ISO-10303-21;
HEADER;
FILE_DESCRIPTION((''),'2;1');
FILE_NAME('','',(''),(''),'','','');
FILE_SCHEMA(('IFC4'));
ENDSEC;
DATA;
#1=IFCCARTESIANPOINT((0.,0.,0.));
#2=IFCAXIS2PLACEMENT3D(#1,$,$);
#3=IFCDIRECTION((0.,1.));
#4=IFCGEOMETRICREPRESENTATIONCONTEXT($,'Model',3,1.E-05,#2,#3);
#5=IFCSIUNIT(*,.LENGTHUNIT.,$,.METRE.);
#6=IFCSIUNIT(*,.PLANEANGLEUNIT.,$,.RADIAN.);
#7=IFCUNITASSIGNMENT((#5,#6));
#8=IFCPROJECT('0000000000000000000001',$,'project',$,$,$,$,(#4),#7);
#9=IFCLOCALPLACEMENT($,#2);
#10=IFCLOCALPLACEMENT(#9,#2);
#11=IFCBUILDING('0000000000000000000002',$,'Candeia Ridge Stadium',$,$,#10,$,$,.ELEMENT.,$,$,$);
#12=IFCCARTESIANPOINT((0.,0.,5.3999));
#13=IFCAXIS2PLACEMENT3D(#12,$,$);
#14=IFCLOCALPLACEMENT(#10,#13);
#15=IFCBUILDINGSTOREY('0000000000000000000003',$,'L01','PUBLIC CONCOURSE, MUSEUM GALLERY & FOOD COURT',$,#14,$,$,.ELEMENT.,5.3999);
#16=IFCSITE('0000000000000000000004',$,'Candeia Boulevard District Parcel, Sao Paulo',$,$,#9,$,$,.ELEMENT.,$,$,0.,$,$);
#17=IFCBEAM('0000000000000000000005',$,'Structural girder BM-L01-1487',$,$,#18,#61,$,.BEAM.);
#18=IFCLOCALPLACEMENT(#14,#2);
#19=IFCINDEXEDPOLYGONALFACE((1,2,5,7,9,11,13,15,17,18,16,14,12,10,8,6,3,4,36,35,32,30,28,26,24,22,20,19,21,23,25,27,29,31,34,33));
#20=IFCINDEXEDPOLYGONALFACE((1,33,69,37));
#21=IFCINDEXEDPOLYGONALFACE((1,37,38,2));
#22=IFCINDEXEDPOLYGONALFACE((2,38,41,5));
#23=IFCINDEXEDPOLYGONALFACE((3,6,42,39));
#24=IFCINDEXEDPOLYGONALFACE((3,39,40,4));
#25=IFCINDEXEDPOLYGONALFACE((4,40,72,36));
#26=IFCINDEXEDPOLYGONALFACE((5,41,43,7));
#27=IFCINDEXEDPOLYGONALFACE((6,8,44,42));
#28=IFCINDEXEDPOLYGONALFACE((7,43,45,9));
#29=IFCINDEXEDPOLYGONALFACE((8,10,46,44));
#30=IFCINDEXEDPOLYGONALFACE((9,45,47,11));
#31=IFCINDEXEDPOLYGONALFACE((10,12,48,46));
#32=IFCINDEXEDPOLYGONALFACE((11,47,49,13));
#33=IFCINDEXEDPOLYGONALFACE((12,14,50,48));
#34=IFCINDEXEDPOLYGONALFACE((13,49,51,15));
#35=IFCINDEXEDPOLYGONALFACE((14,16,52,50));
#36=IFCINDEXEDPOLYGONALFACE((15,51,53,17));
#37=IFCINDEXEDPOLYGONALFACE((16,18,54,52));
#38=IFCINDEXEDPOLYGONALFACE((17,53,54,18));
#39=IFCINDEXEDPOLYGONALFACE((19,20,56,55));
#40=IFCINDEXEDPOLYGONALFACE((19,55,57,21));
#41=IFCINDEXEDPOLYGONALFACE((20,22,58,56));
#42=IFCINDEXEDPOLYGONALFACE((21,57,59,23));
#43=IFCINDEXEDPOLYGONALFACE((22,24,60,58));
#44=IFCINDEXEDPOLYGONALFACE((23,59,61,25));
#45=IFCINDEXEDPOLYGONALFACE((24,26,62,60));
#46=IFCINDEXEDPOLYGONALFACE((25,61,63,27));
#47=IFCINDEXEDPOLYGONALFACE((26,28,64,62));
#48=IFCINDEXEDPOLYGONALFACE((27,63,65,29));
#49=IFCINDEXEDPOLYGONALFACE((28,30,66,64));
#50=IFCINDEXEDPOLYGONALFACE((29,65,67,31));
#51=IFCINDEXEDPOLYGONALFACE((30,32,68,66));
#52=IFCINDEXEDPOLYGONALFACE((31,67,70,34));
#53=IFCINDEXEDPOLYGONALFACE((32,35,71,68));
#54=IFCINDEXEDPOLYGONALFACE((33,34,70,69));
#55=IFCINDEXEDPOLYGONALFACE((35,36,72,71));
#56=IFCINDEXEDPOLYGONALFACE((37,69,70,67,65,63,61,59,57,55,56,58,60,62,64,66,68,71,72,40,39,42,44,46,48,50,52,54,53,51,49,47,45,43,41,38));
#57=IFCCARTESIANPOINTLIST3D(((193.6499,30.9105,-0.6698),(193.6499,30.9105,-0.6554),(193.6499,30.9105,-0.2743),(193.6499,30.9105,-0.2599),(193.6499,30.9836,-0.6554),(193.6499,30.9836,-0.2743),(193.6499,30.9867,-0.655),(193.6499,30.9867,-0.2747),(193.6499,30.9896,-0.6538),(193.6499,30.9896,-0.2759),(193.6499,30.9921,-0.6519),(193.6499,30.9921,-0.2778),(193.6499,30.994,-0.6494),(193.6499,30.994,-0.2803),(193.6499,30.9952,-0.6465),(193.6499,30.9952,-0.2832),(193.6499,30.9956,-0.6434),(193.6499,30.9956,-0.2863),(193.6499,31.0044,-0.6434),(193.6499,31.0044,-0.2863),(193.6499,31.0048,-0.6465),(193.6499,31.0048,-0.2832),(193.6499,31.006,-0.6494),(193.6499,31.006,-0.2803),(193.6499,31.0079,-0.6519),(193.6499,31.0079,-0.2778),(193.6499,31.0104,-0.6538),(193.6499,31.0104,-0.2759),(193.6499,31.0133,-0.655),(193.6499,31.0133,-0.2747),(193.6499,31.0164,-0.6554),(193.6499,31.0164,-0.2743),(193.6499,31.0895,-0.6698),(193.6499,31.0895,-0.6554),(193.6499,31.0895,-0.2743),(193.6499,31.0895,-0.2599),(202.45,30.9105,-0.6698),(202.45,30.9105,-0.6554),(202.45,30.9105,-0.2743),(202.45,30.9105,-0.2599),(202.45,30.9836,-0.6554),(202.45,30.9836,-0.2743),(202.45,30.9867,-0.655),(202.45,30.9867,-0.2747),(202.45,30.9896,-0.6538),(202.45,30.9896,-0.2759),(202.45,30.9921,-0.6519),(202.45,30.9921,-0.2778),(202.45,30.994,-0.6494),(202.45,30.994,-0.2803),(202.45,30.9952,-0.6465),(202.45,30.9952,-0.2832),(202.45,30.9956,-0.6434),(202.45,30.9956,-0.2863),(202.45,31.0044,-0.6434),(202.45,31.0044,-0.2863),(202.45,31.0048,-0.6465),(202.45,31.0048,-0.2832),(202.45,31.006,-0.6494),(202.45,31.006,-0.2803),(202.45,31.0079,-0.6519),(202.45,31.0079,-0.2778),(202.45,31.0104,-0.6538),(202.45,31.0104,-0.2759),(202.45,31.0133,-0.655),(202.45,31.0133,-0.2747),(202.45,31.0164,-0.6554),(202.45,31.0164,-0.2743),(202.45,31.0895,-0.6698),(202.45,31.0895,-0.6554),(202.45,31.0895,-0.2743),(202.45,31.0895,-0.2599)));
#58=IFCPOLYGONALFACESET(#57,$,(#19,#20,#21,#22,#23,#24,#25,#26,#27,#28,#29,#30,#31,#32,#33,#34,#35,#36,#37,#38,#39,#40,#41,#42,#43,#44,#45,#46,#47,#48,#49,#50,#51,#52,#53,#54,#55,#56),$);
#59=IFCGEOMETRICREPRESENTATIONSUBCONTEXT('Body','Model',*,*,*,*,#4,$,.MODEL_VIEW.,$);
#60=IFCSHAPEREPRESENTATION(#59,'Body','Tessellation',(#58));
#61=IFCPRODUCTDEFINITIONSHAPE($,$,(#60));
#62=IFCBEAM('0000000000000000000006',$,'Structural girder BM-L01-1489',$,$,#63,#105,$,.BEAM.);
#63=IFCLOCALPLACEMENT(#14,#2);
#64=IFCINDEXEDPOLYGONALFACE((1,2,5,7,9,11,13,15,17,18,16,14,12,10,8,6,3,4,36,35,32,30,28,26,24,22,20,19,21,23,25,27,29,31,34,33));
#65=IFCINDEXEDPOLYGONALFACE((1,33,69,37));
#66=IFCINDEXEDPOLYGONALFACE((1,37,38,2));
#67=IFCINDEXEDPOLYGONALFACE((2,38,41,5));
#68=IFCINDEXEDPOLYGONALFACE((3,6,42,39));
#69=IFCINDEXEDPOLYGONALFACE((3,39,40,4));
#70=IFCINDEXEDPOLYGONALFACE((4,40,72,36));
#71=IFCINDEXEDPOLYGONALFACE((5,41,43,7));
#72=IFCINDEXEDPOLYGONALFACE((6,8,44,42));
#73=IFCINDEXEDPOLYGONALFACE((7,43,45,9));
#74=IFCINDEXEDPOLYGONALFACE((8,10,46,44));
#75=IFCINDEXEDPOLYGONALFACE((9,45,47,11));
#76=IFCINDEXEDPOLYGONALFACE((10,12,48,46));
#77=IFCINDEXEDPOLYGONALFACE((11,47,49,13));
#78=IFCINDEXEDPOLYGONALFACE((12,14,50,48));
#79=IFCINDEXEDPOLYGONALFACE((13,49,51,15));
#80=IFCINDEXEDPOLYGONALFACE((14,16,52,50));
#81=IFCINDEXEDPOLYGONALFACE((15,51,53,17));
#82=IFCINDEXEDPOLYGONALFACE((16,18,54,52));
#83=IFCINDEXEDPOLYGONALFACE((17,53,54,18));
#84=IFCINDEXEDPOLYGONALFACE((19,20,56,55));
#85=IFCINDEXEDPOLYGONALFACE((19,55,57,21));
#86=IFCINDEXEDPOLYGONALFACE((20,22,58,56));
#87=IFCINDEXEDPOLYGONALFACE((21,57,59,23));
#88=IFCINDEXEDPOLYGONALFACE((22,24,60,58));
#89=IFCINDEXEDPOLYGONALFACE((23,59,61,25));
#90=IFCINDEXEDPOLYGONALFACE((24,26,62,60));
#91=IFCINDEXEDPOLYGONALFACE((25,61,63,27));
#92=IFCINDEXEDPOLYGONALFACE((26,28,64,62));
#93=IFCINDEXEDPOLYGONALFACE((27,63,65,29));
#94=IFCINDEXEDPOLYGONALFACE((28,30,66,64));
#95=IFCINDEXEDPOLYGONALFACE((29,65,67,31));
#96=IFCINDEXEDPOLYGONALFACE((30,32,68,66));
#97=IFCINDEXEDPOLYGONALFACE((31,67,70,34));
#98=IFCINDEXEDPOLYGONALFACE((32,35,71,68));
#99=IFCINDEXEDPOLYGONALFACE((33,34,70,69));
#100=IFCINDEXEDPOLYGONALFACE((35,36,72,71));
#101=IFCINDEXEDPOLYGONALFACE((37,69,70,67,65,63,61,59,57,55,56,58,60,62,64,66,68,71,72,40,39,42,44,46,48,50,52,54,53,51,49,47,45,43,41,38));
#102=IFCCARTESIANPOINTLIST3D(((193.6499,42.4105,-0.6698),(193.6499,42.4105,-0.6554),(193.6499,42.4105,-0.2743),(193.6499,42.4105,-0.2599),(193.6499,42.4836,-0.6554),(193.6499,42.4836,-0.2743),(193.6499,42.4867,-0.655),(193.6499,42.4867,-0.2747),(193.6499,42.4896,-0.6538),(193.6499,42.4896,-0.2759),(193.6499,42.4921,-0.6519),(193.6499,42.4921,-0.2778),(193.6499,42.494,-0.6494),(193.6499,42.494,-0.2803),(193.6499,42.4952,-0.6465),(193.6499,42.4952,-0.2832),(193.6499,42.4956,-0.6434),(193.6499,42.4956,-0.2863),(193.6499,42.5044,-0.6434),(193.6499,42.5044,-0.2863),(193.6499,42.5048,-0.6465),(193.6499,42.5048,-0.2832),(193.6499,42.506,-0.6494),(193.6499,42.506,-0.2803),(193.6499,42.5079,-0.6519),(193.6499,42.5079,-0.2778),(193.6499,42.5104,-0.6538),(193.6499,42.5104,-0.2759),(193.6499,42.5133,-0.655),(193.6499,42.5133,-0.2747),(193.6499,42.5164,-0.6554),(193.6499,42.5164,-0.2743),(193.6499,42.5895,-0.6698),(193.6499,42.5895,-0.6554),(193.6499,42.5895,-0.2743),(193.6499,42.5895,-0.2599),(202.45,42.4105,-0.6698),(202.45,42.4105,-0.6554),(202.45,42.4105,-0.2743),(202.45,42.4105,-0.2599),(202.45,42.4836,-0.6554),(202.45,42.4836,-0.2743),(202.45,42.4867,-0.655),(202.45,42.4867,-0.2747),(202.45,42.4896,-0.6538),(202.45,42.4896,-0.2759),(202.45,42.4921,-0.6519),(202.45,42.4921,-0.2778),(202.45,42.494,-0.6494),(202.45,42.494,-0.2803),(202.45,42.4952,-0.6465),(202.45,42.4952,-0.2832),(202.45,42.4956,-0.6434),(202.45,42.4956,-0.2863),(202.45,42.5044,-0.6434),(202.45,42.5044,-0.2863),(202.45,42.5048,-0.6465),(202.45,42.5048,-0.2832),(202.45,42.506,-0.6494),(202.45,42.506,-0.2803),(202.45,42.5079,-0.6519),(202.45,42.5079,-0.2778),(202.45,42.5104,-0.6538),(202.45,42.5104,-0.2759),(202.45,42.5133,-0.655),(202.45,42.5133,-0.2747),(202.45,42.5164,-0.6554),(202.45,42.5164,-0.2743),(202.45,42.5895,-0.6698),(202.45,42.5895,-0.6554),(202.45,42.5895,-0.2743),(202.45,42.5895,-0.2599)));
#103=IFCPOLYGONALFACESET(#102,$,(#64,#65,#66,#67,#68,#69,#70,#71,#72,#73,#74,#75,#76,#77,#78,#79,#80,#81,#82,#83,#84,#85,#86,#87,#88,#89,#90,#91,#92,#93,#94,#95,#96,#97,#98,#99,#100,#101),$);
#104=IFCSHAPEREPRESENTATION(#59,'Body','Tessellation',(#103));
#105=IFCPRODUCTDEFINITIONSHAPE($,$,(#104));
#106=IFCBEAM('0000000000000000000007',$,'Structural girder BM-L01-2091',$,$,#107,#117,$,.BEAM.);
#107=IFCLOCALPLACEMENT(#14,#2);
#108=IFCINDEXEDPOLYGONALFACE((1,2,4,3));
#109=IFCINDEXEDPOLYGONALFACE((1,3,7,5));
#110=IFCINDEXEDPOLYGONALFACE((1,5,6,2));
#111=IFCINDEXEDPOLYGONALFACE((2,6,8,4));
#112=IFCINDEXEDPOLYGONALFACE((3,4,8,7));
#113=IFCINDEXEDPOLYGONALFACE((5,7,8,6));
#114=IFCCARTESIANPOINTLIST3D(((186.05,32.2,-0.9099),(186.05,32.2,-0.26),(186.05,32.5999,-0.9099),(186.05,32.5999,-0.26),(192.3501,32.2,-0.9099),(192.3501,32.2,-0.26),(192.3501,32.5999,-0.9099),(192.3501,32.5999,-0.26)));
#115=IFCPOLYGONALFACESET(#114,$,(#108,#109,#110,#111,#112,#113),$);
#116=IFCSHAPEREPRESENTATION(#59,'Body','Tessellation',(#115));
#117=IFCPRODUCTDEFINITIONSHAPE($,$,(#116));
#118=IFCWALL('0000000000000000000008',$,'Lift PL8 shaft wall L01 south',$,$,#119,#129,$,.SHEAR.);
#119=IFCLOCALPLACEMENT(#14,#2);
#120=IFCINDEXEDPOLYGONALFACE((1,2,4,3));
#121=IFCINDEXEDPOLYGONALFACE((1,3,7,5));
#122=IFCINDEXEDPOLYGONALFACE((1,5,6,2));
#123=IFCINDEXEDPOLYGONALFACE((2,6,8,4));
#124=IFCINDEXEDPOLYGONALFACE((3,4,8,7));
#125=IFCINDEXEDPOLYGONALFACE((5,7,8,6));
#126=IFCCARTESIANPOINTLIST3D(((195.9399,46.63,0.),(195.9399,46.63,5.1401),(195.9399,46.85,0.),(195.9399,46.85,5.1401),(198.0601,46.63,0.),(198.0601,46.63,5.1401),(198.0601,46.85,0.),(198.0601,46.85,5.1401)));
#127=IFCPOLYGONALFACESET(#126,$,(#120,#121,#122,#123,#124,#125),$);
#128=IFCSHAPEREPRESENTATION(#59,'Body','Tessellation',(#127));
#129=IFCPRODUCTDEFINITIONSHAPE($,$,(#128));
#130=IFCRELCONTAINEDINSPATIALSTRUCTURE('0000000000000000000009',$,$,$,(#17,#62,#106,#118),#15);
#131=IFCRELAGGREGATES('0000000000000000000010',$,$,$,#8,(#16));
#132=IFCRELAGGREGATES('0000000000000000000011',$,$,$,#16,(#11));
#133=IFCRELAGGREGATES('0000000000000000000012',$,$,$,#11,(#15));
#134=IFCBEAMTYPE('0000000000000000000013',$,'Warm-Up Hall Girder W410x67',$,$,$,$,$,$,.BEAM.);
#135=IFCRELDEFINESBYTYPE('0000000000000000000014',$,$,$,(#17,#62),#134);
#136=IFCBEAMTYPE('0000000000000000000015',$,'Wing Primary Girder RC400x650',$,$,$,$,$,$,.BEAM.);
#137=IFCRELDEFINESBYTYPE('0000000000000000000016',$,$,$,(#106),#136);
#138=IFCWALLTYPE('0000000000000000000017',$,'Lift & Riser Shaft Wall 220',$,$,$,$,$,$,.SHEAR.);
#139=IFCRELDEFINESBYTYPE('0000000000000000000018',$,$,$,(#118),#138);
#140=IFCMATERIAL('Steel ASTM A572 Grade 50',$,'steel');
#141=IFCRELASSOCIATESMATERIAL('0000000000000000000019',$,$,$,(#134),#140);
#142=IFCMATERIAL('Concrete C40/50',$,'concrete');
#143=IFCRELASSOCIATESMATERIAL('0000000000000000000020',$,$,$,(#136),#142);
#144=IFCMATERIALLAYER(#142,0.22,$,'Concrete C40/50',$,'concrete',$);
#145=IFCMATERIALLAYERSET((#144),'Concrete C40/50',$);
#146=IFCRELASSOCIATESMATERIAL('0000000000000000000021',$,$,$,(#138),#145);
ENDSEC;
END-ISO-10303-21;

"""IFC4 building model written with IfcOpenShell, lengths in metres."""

from ifc_helpers import new_model, si_unit, direction, frame, frame_2d, origin, origin_2d, place, context, subcontext, project, spatial, rectangle, i_section, extrude, material, layer, layer_set, material_profile, profile_set, type_object, element, save


model = new_model("IFC4")

# Units and contexts
model_context = context("Model", 3, precision=1e-05, world=origin(), true_north=direction((0.0, 1.0)))
body_context = subcontext(model_context, "Body", "Model", "MODEL_VIEW")
ifc_project = project(units=[si_unit("LENGTHUNIT", "METRE"), si_unit("PLANEANGLEUNIT", "RADIAN")], contexts=[model_context])

# Site, building, storey
site_placement = place(None, origin())
site = spatial("IfcSite", under=ifc_project, at=site_placement, Name="Candeia Boulevard District Parcel, Sao Paulo", CompositionType="ELEMENT", RefElevation=0.0)
building_placement = place(site_placement, origin())
building = spatial("IfcBuilding", under=site, at=building_placement, Name="Candeia Ridge Stadium", CompositionType="ELEMENT")
storey_placement = place(building_placement, frame((0.0, 0.0, 5.3999)))
storey = spatial("IfcBuildingStorey", under=building, at=storey_placement, Name="L01", Description="PUBLIC CONCOURSE, MUSEUM GALLERY & FOOD COURT", CompositionType="ELEMENT", Elevation=5.3999)

# Shared definitions
ifc_material_1 = material(Name="Concrete C40/50", Category="concrete")

# Beams
ifc_material_2 = material(Name="Steel ASTM A572 Grade 50", Category="steel")
ifc_material_profile_1 = material_profile(ifc_material_2, i_section(OverallWidth=0.179, OverallDepth=0.4099, WebThickness=0.0088, FlangeThickness=0.0144, FilletRadius=0.012, at=origin_2d()), Name="W410x67", Category="steel")
ifc_profile_set_1 = profile_set([ifc_material_profile_1], Name="Steel ASTM A572 Grade 50")
beam_type_1 = type_object("IfcBeamType", Name="Warm-Up Hall Girder W410x67", PredefinedType="BEAM", material=ifc_profile_set_1)
for number, where, z_axis, x_axis, name in (
    (1, (193.6499, 31.0, -0.4648), (1.0, 0.0, 0.0), (0.0, 1.0, 0.0), "Structural girder BM-L01-1487"),
    (2, (193.6499, 42.5, -0.4648), (1.0, 0.0, 0.0), (0.0, 1.0, 0.0), "Structural girder BM-L01-1489"),
):
    element("IfcBeam", number, at=place(storey_placement, frame(where, z_axis=z_axis, x_axis=x_axis)), inside=storey, type_object=beam_type_1, Name=name, PredefinedType="BEAM", context=body_context, shape_type="SweptSolid", body=[
        extrude(i_section(OverallWidth=0.179, OverallDepth=0.4099, WebThickness=0.0088, FlangeThickness=0.0144, FilletRadius=0.012, at=origin_2d()), origin(), (0.0, 0.0, 1.0), 8.8),
    ])
ifc_material_profile_2 = material_profile(ifc_material_1, rectangle(XDim=0.3999, YDim=0.6499, at=origin_2d()), Name="RC400x650", Category="concrete")
ifc_profile_set_2 = profile_set([ifc_material_profile_2], Name="Concrete C40/50")
beam_type_2 = type_object("IfcBeamType", Name="Wing Primary Girder RC400x650", PredefinedType="BEAM", material=ifc_profile_set_2)
beam_1_placement = place(storey_placement, frame((186.05, 32.3999, -0.585), z_axis=(1.0, 0.0, 0.0), x_axis=(0.0, 1.0, 0.0)))
element("IfcBeam", 3, at=beam_1_placement, inside=storey, type_object=beam_type_2, Name="Structural girder BM-L01-2091", PredefinedType="BEAM", context=body_context, shape_type="SweptSolid", body=[
    extrude(rectangle(XDim=0.3999, YDim=0.6499, at=origin_2d()), origin(), (0.0, 0.0, 1.0), 6.3),
])

# Wall
ifc_layer_1 = layer(ifc_material_1, 0.22, Name="Concrete C40/50", Category="concrete")
ifc_layer_set_1 = layer_set([ifc_layer_1], Name="Concrete C40/50")
wall_type = type_object("IfcWallType", Name="Lift & Riser Shaft Wall 220", PredefinedType="SHEAR", material=ifc_layer_set_1)
wall_1_placement = place(storey_placement, frame((195.9399, 46.74, 0.0), z_axis=(0.0, 0.0, 1.0), x_axis=(1.0, 0.0, 0.0)))
element("IfcWall", 4, at=wall_1_placement, inside=storey, type_object=wall_type, Name="Lift PL8 shaft wall L01 south", PredefinedType="SHEAR", context=body_context, shape_type="SweptSolid", body=[
    extrude(rectangle(XDim=2.1201, YDim=0.22, at=frame_2d((1.0601, 0.0))), origin(), (0.0, 0.0, 1.0), 5.1401),
])

save(model, "model.ifc")
